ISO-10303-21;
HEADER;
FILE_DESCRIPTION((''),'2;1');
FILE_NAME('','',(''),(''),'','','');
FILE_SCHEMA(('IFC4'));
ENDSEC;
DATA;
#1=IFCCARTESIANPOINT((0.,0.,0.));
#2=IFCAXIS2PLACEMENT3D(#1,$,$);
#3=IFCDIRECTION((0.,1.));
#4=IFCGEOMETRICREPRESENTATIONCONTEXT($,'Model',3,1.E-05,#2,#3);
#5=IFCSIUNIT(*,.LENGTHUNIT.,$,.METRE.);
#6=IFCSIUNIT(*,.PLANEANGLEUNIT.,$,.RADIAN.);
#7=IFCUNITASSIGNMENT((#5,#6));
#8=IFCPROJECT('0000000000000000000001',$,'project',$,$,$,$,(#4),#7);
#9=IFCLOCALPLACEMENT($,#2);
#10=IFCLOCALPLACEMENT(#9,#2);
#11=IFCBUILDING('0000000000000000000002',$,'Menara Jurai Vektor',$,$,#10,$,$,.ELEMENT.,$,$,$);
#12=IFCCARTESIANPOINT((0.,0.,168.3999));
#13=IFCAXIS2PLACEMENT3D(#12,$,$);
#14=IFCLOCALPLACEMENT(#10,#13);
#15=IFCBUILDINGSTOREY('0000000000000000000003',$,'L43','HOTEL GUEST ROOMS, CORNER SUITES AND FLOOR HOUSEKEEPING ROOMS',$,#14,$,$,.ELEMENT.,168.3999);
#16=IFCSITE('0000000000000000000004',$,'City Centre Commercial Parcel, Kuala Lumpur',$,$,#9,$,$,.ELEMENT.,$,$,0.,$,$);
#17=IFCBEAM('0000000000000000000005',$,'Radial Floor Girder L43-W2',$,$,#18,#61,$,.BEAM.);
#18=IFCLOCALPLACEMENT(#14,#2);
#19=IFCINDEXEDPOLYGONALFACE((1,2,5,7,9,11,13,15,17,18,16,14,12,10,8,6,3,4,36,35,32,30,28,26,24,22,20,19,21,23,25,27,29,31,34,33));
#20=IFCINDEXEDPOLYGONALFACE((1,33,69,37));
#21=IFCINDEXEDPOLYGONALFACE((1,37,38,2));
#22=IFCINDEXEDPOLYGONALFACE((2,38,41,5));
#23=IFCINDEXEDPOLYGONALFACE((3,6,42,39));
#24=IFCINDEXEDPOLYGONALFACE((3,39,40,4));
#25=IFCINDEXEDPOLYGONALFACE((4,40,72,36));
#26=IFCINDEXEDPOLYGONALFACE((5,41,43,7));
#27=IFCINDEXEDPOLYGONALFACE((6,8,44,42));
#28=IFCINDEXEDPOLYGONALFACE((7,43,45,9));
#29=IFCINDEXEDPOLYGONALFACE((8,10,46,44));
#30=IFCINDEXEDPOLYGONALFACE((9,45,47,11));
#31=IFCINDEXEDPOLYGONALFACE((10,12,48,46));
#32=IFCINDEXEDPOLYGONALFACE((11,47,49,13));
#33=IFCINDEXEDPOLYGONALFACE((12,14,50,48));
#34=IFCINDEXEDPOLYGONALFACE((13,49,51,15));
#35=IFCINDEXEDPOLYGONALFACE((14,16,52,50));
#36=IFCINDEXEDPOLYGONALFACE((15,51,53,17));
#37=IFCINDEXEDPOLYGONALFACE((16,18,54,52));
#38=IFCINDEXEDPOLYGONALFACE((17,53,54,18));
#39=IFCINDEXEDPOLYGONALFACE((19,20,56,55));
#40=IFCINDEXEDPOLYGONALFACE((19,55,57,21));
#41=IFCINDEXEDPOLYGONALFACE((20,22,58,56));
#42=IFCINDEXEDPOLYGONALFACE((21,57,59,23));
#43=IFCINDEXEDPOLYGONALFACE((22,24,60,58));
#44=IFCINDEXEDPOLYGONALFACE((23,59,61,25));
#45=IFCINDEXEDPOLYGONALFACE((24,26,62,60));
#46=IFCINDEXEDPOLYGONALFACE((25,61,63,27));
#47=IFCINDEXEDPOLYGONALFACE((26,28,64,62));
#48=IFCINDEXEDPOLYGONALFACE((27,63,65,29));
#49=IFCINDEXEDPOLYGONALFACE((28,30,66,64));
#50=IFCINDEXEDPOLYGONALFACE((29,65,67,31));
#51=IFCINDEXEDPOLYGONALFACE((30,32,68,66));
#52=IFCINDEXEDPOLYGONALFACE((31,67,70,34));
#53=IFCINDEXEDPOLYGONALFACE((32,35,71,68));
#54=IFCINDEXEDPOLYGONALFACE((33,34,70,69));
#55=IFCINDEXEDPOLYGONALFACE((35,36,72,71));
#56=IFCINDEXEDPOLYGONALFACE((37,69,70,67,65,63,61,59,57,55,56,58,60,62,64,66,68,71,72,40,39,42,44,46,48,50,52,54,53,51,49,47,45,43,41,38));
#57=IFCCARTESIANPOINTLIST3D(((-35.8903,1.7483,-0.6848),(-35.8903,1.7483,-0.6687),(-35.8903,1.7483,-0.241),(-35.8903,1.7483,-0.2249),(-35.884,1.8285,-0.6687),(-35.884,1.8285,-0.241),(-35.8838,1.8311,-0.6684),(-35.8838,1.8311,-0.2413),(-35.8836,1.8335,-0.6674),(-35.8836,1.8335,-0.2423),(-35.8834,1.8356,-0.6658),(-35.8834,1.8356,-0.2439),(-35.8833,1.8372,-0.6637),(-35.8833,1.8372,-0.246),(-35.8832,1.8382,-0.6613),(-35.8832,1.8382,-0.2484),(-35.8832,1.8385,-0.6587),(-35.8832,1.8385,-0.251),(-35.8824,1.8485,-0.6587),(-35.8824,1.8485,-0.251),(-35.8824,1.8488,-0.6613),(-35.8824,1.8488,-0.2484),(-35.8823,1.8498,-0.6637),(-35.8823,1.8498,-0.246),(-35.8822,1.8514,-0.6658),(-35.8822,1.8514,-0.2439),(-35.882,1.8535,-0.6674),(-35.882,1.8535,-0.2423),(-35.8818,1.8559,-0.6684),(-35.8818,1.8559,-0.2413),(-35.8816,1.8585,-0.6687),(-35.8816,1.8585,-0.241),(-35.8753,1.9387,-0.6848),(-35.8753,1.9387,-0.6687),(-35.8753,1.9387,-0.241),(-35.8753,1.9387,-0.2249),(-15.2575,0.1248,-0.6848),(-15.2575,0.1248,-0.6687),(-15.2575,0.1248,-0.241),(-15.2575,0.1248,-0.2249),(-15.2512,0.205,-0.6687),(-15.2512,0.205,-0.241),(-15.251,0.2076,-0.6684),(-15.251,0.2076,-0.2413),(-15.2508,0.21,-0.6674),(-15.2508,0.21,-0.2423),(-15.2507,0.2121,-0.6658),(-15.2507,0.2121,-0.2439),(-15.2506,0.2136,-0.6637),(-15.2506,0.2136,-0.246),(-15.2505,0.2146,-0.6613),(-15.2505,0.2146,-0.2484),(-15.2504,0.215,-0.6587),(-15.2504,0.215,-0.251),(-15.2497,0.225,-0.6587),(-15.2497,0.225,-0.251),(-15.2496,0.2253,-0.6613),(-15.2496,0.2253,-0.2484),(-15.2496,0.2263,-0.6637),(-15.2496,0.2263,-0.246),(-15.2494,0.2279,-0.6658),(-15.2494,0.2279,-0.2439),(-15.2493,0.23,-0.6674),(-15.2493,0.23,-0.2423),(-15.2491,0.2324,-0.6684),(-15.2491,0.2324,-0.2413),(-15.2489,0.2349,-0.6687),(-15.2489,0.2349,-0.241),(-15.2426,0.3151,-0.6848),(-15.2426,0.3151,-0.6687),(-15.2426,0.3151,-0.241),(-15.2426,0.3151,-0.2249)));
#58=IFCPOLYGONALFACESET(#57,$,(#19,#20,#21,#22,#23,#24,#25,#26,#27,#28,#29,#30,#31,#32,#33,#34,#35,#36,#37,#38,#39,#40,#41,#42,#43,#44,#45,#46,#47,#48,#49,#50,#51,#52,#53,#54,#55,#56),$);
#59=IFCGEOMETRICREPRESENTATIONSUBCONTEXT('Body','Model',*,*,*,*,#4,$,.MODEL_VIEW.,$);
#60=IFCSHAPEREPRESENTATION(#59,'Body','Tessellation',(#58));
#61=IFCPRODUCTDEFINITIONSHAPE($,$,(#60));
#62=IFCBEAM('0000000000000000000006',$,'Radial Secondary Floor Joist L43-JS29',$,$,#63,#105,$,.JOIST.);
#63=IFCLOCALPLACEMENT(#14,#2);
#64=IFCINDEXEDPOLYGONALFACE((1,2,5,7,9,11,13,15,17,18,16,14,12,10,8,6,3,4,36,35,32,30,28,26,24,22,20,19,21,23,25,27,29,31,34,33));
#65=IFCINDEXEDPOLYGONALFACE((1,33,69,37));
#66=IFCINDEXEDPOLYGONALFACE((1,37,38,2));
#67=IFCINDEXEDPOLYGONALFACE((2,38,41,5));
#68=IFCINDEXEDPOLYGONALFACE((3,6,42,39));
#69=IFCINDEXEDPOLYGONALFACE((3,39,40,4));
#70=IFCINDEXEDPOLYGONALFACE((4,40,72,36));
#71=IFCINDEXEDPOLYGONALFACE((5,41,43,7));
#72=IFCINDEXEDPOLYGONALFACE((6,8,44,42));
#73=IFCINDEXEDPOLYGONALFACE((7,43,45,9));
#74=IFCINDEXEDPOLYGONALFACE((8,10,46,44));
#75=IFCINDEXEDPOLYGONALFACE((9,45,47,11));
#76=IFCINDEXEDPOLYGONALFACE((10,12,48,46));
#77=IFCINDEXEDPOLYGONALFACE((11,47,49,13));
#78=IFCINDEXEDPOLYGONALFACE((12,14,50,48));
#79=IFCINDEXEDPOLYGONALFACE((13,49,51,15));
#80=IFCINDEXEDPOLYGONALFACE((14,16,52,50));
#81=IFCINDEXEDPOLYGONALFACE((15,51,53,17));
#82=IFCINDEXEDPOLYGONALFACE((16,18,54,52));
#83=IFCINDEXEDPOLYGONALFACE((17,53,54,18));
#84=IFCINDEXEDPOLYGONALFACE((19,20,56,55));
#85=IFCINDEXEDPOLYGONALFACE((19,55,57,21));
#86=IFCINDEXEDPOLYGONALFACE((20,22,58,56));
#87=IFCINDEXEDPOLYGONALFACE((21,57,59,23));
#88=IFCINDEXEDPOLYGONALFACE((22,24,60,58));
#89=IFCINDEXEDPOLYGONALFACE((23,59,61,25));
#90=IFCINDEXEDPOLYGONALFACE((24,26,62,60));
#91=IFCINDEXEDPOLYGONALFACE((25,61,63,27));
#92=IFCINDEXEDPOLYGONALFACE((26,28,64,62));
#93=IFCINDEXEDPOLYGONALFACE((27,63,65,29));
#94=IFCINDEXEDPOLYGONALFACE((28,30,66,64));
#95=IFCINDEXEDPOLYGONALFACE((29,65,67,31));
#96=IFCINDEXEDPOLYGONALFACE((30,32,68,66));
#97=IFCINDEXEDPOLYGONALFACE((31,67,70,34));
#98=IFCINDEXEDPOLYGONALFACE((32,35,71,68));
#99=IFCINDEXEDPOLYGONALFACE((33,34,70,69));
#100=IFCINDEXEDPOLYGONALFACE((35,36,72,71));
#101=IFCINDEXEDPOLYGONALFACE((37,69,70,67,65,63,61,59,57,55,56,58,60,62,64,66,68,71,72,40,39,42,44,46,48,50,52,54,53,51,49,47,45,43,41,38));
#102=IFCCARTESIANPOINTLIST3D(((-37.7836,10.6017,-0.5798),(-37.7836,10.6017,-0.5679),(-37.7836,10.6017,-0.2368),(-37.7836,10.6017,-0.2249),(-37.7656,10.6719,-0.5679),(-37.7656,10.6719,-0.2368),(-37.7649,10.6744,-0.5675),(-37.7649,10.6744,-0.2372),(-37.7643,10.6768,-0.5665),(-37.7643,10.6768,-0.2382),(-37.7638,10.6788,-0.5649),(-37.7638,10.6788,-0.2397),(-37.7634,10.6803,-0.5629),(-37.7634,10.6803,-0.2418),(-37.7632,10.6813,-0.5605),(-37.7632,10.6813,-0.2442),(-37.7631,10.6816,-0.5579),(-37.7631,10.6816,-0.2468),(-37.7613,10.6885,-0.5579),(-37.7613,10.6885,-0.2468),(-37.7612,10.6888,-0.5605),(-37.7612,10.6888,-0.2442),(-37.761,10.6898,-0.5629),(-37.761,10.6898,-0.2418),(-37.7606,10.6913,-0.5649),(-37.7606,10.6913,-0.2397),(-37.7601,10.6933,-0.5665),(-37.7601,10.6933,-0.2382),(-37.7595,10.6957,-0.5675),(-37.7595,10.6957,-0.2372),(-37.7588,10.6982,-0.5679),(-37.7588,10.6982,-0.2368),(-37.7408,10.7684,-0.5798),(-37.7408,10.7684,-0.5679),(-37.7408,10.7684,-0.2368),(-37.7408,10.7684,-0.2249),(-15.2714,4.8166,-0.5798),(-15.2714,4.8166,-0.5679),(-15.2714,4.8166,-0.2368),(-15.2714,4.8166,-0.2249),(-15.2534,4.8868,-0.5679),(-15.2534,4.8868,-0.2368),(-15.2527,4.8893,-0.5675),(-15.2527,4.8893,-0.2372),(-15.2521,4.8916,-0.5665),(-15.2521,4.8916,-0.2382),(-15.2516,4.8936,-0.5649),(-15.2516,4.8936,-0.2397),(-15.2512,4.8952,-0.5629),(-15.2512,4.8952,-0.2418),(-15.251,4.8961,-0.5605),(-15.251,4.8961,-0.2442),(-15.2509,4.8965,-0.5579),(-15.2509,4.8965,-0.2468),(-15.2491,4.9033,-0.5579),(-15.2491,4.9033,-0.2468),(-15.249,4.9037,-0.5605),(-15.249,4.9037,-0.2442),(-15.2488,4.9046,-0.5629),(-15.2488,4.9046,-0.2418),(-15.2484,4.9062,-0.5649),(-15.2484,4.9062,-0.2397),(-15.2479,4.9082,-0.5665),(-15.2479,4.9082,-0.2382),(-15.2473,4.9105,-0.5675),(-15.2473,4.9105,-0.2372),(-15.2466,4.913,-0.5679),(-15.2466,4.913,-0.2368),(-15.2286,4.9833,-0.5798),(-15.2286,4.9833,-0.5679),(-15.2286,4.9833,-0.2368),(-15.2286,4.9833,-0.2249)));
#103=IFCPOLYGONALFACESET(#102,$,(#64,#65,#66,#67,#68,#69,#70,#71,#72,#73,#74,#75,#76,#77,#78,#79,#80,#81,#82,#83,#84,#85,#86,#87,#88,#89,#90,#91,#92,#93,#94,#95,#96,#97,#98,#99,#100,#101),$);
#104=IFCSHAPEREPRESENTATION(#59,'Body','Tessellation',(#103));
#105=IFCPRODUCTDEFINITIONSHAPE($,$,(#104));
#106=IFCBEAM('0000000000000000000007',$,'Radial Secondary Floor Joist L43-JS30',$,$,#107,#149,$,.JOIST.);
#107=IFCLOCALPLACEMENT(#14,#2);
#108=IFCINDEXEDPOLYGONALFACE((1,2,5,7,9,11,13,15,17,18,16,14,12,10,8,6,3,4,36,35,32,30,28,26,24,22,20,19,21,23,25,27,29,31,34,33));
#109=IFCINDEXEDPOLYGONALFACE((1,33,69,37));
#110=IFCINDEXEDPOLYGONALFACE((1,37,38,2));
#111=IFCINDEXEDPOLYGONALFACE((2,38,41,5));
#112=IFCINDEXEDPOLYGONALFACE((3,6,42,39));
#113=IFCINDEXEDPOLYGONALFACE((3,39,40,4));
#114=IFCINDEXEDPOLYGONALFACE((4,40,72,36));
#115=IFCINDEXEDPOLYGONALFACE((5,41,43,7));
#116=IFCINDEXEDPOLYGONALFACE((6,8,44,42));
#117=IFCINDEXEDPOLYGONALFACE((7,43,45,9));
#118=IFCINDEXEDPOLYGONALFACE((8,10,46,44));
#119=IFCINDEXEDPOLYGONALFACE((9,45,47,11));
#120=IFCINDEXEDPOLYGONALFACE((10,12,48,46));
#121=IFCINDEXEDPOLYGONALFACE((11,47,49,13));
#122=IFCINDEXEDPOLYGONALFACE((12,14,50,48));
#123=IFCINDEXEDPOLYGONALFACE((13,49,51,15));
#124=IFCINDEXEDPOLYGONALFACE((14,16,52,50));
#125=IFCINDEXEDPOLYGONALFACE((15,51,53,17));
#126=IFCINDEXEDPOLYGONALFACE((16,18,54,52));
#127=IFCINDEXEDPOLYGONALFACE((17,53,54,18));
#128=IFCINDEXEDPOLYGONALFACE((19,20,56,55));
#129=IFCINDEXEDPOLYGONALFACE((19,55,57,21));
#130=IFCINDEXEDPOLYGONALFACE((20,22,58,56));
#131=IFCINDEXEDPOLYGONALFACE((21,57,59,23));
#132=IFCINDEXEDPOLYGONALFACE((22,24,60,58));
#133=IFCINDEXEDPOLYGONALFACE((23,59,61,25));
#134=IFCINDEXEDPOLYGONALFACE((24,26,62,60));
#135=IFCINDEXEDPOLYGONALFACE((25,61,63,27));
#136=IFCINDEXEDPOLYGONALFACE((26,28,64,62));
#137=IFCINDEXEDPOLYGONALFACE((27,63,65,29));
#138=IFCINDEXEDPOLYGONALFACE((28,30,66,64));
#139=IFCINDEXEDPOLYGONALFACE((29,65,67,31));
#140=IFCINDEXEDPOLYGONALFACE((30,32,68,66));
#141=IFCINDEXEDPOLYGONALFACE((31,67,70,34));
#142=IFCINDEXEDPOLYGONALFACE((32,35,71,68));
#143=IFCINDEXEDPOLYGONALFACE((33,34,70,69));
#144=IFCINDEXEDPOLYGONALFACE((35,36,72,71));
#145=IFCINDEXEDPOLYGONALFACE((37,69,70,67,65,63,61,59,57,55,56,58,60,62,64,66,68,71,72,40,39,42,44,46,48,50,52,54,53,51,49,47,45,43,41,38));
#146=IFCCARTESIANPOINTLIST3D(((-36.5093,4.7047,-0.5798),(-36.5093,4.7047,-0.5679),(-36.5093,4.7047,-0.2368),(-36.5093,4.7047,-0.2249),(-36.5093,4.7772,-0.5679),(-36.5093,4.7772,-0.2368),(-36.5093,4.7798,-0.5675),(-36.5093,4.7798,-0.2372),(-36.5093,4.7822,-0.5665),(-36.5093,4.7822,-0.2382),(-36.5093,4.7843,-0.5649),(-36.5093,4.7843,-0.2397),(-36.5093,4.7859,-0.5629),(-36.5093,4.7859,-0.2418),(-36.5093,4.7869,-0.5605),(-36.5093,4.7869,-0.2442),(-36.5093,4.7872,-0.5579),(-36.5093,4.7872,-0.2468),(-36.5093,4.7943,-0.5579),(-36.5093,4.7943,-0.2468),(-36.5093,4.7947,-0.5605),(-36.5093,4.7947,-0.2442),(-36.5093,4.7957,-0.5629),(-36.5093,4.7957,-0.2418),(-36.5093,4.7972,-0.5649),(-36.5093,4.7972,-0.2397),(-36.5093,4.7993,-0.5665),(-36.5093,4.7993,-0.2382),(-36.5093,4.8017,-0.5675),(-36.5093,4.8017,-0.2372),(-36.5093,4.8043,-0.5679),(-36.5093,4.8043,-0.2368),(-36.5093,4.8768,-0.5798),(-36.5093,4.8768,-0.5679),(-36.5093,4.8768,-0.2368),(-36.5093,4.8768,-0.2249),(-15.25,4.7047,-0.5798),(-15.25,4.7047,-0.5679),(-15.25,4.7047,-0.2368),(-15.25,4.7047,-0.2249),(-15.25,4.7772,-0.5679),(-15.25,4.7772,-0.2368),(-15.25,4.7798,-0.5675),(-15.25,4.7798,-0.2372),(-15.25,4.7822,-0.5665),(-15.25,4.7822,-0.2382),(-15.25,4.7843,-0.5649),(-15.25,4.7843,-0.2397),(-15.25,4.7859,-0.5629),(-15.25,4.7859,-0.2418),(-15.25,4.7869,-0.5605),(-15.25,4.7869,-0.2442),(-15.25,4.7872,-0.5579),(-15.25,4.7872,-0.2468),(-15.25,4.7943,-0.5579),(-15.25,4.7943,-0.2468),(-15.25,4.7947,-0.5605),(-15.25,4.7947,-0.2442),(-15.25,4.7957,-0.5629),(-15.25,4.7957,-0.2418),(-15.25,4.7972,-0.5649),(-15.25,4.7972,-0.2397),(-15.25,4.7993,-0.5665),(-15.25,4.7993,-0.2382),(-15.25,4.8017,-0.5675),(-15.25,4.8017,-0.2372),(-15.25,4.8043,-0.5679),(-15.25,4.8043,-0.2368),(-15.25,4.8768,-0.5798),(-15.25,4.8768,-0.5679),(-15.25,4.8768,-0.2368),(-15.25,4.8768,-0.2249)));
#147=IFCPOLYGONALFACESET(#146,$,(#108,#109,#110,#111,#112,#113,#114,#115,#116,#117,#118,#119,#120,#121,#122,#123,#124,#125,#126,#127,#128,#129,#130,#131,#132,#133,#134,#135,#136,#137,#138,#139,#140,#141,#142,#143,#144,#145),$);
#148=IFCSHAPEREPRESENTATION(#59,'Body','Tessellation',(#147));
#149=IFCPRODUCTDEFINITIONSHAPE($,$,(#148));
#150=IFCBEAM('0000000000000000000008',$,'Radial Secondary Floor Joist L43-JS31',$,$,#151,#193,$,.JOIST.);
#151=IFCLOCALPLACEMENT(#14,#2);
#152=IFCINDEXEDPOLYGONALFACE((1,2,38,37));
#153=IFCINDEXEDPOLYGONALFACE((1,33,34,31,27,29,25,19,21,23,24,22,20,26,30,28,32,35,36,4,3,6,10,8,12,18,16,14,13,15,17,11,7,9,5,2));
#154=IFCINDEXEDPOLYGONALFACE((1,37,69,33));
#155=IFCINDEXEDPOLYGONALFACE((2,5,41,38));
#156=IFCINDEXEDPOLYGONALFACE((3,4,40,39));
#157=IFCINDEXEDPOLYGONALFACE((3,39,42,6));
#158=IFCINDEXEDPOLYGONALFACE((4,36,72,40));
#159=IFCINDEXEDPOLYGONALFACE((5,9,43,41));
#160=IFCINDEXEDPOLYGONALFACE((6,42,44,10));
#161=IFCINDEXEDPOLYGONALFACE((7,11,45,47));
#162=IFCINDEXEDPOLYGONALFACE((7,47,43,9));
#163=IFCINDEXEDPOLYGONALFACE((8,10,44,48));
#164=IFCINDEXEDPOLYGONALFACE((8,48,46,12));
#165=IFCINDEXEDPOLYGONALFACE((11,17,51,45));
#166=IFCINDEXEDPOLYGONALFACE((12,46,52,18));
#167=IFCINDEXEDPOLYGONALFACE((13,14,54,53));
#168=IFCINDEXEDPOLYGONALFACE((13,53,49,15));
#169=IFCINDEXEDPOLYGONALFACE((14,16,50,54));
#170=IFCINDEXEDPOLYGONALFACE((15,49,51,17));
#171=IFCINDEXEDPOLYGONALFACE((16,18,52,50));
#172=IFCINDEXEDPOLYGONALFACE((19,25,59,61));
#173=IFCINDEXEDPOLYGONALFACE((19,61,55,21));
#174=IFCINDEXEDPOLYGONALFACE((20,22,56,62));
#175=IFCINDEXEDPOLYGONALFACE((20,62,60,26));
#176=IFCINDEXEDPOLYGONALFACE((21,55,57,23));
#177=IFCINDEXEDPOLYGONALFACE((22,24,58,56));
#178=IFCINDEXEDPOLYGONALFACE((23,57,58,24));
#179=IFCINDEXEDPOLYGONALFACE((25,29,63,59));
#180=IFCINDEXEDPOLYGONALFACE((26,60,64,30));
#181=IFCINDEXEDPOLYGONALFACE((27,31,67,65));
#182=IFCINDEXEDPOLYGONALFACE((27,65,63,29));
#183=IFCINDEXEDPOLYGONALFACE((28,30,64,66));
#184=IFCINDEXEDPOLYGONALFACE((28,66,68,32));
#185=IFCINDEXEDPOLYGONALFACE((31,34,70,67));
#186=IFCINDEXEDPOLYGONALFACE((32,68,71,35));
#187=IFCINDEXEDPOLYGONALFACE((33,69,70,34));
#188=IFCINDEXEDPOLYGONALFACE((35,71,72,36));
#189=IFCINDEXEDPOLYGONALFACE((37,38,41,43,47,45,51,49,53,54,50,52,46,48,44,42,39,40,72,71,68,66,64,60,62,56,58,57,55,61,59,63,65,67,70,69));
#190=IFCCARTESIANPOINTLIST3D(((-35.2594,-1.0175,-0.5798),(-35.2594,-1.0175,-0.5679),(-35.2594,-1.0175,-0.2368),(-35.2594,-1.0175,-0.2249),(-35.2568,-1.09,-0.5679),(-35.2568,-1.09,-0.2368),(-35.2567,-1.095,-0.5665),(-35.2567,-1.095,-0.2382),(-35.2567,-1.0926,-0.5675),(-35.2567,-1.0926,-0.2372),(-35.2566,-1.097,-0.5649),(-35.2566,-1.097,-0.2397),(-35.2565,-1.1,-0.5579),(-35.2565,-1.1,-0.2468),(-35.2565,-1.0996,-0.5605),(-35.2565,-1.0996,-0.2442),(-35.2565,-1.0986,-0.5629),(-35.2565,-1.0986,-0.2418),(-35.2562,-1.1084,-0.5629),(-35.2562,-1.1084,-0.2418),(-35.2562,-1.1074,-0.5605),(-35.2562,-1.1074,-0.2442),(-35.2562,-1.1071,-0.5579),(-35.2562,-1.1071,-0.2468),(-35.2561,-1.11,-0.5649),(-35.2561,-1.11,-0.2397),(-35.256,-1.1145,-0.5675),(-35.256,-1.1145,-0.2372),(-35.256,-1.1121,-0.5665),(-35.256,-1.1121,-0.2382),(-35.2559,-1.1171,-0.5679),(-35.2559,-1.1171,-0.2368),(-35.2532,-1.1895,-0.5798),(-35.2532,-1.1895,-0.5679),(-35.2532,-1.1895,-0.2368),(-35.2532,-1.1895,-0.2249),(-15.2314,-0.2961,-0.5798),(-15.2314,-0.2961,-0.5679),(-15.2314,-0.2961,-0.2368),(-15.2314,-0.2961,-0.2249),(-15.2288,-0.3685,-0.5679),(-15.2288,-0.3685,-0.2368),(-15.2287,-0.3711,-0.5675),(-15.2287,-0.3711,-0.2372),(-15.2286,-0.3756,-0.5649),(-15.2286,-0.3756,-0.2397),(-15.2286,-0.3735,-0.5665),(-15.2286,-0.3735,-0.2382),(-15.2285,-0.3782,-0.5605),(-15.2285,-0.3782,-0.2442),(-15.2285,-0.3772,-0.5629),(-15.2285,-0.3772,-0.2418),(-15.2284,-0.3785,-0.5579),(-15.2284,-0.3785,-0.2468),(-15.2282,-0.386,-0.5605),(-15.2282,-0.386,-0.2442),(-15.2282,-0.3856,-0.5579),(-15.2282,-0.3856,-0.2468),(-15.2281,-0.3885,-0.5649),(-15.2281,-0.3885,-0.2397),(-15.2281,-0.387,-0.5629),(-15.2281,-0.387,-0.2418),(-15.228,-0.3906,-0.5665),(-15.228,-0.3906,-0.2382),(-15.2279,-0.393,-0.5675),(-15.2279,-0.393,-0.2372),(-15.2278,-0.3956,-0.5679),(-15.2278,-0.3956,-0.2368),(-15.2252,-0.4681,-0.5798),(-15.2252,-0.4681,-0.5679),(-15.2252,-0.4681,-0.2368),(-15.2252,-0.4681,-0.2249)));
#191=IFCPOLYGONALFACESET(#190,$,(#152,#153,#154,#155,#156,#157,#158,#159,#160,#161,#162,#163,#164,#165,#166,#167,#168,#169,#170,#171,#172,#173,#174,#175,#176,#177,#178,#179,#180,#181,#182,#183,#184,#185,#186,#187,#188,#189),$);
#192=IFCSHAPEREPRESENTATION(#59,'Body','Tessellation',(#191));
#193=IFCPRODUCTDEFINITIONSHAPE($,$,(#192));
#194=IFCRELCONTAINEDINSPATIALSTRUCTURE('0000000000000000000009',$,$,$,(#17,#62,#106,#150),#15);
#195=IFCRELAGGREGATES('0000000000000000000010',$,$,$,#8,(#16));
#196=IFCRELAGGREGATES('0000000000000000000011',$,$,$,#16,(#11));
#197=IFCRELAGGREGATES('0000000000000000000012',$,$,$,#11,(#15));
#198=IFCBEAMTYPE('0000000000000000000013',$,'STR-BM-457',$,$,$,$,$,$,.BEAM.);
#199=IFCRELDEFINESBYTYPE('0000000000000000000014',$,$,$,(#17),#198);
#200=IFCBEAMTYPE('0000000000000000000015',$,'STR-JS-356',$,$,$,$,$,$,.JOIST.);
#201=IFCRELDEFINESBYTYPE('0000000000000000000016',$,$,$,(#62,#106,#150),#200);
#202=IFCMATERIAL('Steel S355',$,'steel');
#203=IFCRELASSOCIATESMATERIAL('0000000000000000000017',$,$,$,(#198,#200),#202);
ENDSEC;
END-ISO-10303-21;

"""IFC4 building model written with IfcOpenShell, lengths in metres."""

from ifc_helpers import new_model, si_unit, direction, frame, origin, origin_2d, place, context, subcontext, project, spatial, i_section, extrude, material, material_profile, profile_set, type_object, element, save


model = new_model("IFC4")

# Units and contexts
model_context = context("Model", 3, precision=1e-05, world=origin(), true_north=direction((0.0, 1.0)))
body_context = subcontext(model_context, "Body", "Model", "MODEL_VIEW")
ifc_project = project(units=[si_unit("LENGTHUNIT", "METRE"), si_unit("PLANEANGLEUNIT", "RADIAN")], contexts=[model_context])

# Site, building, storey
site_placement = place(None, origin())
site = spatial("IfcSite", under=ifc_project, at=site_placement, Name="City Centre Commercial Parcel, Kuala Lumpur", CompositionType="ELEMENT", RefElevation=0.0)
building_placement = place(site_placement, origin())
building = spatial("IfcBuilding", under=site, at=building_placement, Name="Menara Jurai Vektor", CompositionType="ELEMENT")
storey_placement = place(building_placement, frame((0.0, 0.0, 168.3999)))
storey = spatial("IfcBuildingStorey", under=building, at=storey_placement, Name="L43", Description="HOTEL GUEST ROOMS, CORNER SUITES AND FLOOR HOUSEKEEPING ROOMS", CompositionType="ELEMENT", Elevation=168.3999)

# Beams
ifc_material_1 = material(Name="Steel S355", Category="steel")
ifc_material_profile_1 = material_profile(ifc_material_1, i_section(OverallWidth=0.1909, OverallDepth=0.46, WebThickness=0.01, FlangeThickness=0.0161, FilletRadius=0.01, at=origin_2d()), Name="UKB 457x191x82")
ifc_profile_set_1 = profile_set([ifc_material_profile_1], Name="Steel S355")
beam_type_1 = type_object("IfcBeamType", Name="STR-BM-457", PredefinedType="BEAM", material=ifc_profile_set_1)
beam_1_placement = place(storey_placement, frame((-35.8828, 1.8435, -0.4548), z_axis=(0.996918, -0.078445, 0.0), x_axis=(0.078445, 0.996918, 0.0)))
element("IfcBeam", 1, at=beam_1_placement, inside=storey, type_object=beam_type_1, Name="Radial Floor Girder L43-W2", PredefinedType="BEAM", context=body_context, shape_type="SweptSolid", body=[
    extrude(i_section(OverallWidth=0.1909, OverallDepth=0.46, WebThickness=0.01, FlangeThickness=0.0161, FilletRadius=0.01, at=origin_2d()), origin(), (0.0, 0.0, 1.0), 20.6965),
])
ifc_material_profile_2 = material_profile(ifc_material_1, i_section(OverallWidth=0.1721, OverallDepth=0.355, WebThickness=0.0071, FlangeThickness=0.012, FilletRadius=0.01, at=origin_2d()), Name="UKB 356x171x51")
ifc_profile_set_2 = profile_set([ifc_material_profile_2], Name="Steel S355")
beam_type_2 = type_object("IfcBeamType", Name="STR-JS-356", PredefinedType="JOIST", material=ifc_profile_set_2)
beam_2_placement = place(storey_placement, frame((-37.7622, 10.6851, -0.4023), z_axis=(0.968531, -0.248892, 0.0), x_axis=(0.248892, 0.968531, 0.0)))
element("IfcBeam", 2, at=beam_2_placement, inside=storey, type_object=beam_type_2, Name="Radial Secondary Floor Joist L43-JS29", PredefinedType="JOIST", context=body_context, shape_type="SweptSolid", body=[
    extrude(i_section(OverallWidth=0.1721, OverallDepth=0.355, WebThickness=0.0071, FlangeThickness=0.012, FilletRadius=0.01, at=origin_2d()), origin(), (0.0, 0.0, 1.0), 23.2437),
])
beam_3_placement = place(storey_placement, frame((-36.5093, 4.7908, -0.4023), z_axis=(1.0, 0.0, 0.0), x_axis=(0.0, 1.0, 0.0)))
element("IfcBeam", 3, at=beam_3_placement, inside=storey, type_object=beam_type_2, Name="Radial Secondary Floor Joist L43-JS30", PredefinedType="JOIST", context=body_context, shape_type="SweptSolid", body=[
    extrude(i_section(OverallWidth=0.1721, OverallDepth=0.355, WebThickness=0.0071, FlangeThickness=0.012, FilletRadius=0.01, at=origin_2d()), origin(), (0.0, 0.0, 1.0), 21.2593),
])
beam_4_placement = place(storey_placement, frame((-35.2563, -1.1035, -0.4023), z_axis=(0.999352, 0.035998, 0.0), x_axis=(-0.035998, 0.999352, 0.0)))
element("IfcBeam", 4, at=beam_4_placement, inside=storey, type_object=beam_type_2, Name="Radial Secondary Floor Joist L43-JS31", PredefinedType="JOIST", context=body_context, shape_type="SweptSolid", body=[
    extrude(i_section(OverallWidth=0.1721, OverallDepth=0.355, WebThickness=0.0071, FlangeThickness=0.012, FilletRadius=0.01, at=origin_2d()), origin(), (0.0, 0.0, 1.0), 20.041),
])

save(model, "model.ifc")
